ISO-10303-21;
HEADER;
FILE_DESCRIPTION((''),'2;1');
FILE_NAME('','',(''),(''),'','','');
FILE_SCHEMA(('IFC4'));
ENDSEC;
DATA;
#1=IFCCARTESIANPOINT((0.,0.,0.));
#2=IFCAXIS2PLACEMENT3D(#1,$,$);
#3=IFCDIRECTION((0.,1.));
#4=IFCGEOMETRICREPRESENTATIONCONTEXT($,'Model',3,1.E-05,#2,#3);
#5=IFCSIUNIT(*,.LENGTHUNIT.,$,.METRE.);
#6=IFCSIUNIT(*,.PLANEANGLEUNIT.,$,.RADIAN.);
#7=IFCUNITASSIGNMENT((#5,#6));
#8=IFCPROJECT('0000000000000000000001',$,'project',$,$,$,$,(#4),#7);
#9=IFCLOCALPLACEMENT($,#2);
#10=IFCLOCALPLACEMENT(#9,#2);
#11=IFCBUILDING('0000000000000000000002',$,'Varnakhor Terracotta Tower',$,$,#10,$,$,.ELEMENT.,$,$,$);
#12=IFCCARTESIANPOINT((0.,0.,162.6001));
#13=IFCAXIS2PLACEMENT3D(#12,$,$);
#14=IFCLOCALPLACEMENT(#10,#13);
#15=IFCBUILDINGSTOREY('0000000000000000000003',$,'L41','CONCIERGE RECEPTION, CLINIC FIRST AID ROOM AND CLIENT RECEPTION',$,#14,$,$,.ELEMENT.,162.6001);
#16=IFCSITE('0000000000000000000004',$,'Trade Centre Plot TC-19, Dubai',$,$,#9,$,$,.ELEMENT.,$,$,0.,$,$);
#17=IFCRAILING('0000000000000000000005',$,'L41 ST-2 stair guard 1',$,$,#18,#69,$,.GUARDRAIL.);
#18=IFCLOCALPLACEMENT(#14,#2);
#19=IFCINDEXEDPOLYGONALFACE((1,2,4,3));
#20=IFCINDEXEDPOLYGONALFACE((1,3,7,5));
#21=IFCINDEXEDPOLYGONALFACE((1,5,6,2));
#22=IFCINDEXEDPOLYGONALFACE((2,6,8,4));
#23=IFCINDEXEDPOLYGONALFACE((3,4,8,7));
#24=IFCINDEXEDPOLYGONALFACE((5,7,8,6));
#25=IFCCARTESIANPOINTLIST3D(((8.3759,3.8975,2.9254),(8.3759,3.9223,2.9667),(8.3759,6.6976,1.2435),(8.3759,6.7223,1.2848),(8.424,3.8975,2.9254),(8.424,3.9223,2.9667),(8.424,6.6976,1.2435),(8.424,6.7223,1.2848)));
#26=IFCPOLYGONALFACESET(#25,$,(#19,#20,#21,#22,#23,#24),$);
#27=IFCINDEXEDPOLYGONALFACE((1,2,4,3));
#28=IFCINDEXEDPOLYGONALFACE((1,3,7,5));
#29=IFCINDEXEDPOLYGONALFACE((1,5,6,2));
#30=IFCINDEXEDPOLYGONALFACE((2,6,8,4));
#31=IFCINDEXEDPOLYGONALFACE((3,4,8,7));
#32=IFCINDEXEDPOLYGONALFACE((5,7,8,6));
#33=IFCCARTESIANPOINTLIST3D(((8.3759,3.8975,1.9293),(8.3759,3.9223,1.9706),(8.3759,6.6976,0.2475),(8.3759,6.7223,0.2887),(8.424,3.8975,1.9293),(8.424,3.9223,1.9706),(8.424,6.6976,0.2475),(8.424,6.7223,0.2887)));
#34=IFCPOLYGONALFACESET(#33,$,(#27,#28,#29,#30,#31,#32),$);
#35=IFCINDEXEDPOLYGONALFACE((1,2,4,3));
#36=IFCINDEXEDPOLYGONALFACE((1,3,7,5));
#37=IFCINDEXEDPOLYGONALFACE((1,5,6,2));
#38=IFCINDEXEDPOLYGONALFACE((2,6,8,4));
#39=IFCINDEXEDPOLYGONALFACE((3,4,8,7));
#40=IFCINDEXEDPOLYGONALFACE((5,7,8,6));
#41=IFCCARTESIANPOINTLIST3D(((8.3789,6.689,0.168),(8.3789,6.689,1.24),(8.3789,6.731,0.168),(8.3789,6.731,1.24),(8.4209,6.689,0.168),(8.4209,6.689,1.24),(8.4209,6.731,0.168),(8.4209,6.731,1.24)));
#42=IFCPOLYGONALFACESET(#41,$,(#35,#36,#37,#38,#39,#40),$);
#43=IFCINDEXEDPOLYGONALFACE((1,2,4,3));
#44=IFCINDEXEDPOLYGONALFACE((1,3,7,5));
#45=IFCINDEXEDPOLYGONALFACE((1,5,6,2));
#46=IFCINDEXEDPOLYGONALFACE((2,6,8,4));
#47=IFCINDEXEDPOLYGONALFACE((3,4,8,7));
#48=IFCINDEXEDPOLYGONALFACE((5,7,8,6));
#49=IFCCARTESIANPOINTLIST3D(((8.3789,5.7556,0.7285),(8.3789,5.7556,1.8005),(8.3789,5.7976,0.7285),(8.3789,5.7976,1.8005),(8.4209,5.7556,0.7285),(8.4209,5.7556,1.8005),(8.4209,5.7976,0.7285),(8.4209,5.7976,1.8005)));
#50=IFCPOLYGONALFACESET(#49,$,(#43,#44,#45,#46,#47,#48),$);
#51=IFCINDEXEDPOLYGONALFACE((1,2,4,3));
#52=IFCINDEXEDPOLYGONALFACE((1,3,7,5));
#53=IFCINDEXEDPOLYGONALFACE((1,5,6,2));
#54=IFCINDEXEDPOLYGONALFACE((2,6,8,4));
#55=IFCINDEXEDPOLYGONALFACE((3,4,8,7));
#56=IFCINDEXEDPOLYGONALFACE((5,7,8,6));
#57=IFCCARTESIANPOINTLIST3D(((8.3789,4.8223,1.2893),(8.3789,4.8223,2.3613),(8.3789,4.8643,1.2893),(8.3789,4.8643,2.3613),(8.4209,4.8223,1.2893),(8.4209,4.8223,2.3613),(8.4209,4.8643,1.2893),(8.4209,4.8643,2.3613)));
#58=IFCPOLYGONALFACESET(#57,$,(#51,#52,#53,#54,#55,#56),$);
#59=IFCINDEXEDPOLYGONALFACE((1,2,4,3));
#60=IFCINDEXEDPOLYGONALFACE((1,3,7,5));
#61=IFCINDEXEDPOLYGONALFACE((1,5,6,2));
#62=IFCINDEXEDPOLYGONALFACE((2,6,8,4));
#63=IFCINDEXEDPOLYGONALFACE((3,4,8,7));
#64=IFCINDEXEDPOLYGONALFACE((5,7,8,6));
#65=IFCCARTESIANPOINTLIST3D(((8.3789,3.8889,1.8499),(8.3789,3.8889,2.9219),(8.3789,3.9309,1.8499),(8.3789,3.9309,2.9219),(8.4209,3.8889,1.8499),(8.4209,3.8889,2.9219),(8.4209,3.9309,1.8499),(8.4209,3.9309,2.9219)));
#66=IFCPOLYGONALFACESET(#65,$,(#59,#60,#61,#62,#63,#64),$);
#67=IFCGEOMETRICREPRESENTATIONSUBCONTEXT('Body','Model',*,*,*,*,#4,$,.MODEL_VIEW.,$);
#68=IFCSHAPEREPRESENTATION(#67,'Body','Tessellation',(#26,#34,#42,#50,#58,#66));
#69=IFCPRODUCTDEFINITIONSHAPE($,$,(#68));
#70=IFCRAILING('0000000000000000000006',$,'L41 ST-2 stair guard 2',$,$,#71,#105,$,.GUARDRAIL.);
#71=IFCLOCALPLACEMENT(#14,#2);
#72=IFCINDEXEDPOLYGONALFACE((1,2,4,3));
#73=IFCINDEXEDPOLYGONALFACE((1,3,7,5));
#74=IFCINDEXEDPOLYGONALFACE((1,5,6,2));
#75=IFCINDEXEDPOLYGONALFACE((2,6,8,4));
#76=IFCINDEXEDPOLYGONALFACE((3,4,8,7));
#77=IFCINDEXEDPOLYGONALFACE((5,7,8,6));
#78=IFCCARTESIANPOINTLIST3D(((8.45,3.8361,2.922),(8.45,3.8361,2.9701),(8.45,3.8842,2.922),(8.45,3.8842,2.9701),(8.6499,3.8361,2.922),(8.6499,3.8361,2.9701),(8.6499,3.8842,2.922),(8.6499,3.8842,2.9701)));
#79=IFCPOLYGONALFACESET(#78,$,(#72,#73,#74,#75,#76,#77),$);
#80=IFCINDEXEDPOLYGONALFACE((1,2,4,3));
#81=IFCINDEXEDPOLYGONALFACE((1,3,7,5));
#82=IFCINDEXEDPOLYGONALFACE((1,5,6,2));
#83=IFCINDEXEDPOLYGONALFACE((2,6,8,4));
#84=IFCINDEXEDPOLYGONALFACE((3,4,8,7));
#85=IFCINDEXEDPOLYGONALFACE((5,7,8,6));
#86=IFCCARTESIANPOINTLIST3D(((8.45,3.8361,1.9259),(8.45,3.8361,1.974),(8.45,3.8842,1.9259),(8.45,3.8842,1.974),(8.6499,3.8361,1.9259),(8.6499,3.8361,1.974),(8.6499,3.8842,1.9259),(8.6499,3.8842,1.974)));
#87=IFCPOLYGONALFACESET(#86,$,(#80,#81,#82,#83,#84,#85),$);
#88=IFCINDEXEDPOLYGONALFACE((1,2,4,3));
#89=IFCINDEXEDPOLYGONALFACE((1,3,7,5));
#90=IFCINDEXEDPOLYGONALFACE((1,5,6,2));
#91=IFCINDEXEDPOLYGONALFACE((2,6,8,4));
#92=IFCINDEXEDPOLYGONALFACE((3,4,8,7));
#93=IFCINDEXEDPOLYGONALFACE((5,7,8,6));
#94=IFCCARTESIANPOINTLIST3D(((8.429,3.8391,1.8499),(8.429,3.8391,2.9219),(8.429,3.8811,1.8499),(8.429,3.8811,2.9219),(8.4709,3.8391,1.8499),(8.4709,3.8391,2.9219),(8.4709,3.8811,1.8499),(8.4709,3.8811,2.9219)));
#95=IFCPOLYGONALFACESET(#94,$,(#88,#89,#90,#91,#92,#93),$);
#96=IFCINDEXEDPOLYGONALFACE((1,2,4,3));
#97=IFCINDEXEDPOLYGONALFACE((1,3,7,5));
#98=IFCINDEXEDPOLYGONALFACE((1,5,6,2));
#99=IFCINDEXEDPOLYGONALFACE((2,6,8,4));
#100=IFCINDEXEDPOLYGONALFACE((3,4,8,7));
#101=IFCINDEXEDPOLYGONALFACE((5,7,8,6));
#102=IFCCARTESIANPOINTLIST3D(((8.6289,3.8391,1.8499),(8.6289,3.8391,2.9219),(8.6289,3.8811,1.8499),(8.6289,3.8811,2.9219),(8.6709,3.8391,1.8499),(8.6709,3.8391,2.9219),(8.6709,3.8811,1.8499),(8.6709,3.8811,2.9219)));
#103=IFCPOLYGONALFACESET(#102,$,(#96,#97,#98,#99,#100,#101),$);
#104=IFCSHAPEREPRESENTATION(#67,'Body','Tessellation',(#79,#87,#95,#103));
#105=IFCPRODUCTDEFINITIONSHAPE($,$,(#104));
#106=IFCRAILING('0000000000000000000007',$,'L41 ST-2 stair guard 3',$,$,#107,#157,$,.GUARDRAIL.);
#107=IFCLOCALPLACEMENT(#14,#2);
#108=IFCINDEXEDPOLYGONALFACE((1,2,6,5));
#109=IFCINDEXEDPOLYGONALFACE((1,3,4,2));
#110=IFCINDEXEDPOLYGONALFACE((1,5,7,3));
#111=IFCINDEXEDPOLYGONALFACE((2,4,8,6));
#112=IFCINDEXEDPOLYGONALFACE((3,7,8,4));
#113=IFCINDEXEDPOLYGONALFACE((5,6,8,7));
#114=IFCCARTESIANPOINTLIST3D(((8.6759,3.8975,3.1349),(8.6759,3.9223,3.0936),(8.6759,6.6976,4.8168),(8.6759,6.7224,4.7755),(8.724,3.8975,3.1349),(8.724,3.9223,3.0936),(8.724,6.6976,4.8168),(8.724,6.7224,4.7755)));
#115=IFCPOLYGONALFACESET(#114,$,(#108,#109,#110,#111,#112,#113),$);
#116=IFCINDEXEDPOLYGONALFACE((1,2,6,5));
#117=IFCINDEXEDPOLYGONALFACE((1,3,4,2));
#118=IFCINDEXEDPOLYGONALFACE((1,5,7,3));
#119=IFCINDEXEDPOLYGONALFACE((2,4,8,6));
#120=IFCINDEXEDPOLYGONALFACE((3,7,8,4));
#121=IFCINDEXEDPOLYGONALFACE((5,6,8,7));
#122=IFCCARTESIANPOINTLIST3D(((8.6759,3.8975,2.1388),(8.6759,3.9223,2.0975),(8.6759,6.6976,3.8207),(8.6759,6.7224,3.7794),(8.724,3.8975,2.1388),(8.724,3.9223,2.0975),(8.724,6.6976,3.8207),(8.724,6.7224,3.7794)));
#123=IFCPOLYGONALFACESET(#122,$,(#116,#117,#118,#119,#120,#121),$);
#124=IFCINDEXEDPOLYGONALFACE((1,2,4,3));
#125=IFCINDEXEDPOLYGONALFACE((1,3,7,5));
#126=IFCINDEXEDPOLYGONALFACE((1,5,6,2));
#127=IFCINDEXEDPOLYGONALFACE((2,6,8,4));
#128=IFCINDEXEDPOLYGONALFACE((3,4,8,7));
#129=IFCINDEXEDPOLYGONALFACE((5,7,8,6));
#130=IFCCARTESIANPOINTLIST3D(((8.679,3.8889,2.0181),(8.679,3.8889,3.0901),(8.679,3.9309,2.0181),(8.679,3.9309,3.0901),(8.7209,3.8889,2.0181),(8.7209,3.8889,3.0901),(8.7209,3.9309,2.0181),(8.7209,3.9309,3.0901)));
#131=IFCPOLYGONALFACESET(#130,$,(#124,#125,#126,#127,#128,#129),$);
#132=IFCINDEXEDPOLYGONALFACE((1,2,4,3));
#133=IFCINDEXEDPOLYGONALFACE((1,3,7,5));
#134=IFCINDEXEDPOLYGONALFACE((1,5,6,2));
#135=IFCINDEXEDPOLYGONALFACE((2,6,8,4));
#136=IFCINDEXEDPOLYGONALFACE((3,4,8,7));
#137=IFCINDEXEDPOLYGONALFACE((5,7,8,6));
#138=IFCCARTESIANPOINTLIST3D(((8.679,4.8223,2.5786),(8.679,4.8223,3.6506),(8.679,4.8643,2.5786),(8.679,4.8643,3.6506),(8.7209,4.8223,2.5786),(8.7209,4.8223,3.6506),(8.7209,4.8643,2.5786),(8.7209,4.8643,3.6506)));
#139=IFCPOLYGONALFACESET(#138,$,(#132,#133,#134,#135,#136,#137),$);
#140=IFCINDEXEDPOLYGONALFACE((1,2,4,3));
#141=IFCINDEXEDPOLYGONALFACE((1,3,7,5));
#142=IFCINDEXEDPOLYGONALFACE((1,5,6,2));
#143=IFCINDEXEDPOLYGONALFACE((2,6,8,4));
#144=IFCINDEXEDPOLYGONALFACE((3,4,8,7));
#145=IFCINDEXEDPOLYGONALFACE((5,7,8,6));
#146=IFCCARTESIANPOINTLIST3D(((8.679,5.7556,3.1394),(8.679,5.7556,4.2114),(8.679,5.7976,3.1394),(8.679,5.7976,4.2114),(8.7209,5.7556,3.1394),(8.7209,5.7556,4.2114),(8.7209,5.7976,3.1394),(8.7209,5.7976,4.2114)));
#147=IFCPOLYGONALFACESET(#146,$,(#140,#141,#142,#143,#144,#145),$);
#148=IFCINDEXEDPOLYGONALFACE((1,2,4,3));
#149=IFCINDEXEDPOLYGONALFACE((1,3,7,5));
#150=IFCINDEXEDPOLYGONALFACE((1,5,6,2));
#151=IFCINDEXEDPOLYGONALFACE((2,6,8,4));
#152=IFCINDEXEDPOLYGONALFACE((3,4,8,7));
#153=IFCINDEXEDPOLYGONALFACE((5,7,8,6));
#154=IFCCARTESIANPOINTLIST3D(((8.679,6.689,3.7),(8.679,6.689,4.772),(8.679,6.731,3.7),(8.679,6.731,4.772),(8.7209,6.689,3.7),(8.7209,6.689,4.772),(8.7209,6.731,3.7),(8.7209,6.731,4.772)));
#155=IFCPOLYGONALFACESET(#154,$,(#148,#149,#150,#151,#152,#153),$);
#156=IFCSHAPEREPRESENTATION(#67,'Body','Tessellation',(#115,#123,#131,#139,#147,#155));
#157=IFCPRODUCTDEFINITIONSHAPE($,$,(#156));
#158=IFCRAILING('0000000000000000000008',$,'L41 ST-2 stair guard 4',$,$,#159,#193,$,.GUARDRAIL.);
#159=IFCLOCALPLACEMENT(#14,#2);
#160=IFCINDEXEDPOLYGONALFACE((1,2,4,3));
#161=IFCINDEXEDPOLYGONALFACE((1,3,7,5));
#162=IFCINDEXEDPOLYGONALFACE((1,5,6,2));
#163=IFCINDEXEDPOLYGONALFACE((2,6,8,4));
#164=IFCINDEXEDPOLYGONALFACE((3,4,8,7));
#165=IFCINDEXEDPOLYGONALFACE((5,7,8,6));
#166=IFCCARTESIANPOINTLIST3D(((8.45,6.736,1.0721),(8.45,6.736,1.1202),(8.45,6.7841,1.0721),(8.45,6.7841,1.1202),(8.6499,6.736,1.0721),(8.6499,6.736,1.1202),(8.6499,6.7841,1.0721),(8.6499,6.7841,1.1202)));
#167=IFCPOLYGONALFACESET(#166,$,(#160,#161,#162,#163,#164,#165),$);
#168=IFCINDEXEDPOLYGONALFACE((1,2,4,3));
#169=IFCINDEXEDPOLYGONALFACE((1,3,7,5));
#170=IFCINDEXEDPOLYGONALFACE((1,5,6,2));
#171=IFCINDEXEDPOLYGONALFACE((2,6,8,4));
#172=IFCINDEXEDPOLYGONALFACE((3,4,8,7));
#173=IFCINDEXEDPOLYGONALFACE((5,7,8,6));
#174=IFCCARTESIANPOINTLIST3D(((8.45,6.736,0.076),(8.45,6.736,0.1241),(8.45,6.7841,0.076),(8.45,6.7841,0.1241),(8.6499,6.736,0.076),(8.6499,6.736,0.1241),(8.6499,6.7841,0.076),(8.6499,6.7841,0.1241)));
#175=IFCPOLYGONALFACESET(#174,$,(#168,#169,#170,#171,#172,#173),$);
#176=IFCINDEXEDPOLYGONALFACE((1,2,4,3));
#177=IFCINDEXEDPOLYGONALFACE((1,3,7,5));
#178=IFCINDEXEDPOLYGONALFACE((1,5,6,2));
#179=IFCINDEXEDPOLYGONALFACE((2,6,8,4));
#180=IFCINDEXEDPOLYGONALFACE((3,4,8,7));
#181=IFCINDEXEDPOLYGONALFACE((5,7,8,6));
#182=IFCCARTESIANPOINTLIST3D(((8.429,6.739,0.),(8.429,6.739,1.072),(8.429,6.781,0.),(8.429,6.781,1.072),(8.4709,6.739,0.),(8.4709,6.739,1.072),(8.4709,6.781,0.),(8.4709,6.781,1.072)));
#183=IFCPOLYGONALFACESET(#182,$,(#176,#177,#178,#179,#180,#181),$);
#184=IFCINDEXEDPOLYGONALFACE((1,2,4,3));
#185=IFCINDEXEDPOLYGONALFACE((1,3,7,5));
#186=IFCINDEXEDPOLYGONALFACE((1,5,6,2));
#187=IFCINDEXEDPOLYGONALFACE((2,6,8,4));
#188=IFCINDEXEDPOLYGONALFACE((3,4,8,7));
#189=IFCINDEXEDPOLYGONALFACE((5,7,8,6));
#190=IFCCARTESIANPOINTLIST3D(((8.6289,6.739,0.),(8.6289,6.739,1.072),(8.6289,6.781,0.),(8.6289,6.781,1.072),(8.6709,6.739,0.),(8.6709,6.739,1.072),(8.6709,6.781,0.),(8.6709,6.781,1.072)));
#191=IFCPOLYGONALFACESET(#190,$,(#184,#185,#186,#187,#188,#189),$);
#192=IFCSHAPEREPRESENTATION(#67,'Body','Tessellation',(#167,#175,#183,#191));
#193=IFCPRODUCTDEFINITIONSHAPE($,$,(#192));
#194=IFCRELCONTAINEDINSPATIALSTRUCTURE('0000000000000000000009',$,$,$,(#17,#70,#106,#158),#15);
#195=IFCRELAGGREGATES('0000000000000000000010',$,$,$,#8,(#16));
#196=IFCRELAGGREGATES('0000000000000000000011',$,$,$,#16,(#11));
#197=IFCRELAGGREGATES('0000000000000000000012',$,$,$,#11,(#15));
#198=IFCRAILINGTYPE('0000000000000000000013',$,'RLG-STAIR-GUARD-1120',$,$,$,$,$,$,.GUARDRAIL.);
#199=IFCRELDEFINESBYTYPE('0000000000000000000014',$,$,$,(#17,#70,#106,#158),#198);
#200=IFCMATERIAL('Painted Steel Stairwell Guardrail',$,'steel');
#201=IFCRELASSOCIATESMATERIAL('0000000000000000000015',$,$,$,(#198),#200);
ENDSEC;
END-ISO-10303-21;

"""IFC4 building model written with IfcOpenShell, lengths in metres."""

from ifc_helpers import new_model, si_unit, direction, frame, origin, origin_2d, place, context, subcontext, project, spatial, rectangle, extrude, material, type_object, element, save


model = new_model("IFC4")

# Units and contexts
model_context = context("Model", 3, precision=1e-05, world=origin(), true_north=direction((0.0, 1.0)))
body_context = subcontext(model_context, "Body", "Model", "MODEL_VIEW")
ifc_project = project(units=[si_unit("LENGTHUNIT", "METRE"), si_unit("PLANEANGLEUNIT", "RADIAN")], contexts=[model_context])

# Site, building, storey
site_placement = place(None, origin())
site = spatial("IfcSite", under=ifc_project, at=site_placement, Name="Trade Centre Plot TC-19, Dubai", CompositionType="ELEMENT", RefElevation=0.0)
building_placement = place(site_placement, origin())
building = spatial("IfcBuilding", under=site, at=building_placement, Name="Varnakhor Terracotta Tower", CompositionType="ELEMENT")
storey_placement = place(building_placement, frame((0.0, 0.0, 162.6001)))
storey = spatial("IfcBuildingStorey", under=building, at=storey_placement, Name="L41", Description="CONCIERGE RECEPTION, CLINIC FIRST AID ROOM AND CLIENT RECEPTION", CompositionType="ELEMENT", Elevation=162.6001)

# Railings
ifc_material_1 = material(Name="Painted Steel Stairwell Guardrail", Category="steel")
railing_type_1 = type_object("IfcRailingType", Name="RLG-STAIR-GUARD-1120", PredefinedType="GUARDRAIL", material=ifc_material_1)
railing_1_placement = place(storey_placement, frame((8.3999, 6.71, 0.168)))
element("IfcRailing", 1, at=railing_1_placement, inside=storey, type_object=railing_type_1, Name="L41 ST-2 stair guard 1", PredefinedType="GUARDRAIL", context=body_context, shape_type="SweptSolid", body=[
    extrude(rectangle(XDim=0.0481, YDim=0.0481, at=origin_2d()), frame((0.0, 0.0, 1.0962), z_axis=(0.0, -0.857242, 0.514913), x_axis=(1.0, 0.0, 0.0)), (0.0, 0.0, 1.0), 3.2664),
    extrude(rectangle(XDim=0.0481, YDim=0.0481, at=origin_2d()), frame((0.0, 0.0, 0.1001), z_axis=(0.0, -0.857242, 0.514913), x_axis=(1.0, 0.0, 0.0)), (0.0, 0.0, 1.0), 3.2664),
    extrude(rectangle(XDim=0.042, YDim=0.042, at=origin_2d()), origin(), (0.0, 0.0, 1.0), 1.072),
    extrude(rectangle(XDim=0.042, YDim=0.042, at=origin_2d()), frame((0.0, -0.9333, 0.5605)), (0.0, 0.0, 1.0), 1.072),
    extrude(rectangle(XDim=0.042, YDim=0.042, at=origin_2d()), frame((0.0, -1.8667, 1.1213)), (0.0, 0.0, 1.0), 1.072),
    extrude(rectangle(XDim=0.042, YDim=0.042, at=origin_2d()), frame((0.0, -2.8, 1.6819)), (0.0, 0.0, 1.0), 1.072),
])
railing_2_placement = place(storey_placement, frame((8.45, 3.8601, 1.8499)))
element("IfcRailing", 2, at=railing_2_placement, inside=storey, type_object=railing_type_1, Name="L41 ST-2 stair guard 2", PredefinedType="GUARDRAIL", context=body_context, shape_type="SweptSolid", body=[
    extrude(rectangle(XDim=0.0481, YDim=0.0481, at=origin_2d()), frame((0.0, 0.0, 1.0962), z_axis=(1.0, 0.0, 0.0), x_axis=(0.0, 1.0, 0.0)), (0.0, 0.0, 1.0), 0.2),
    extrude(rectangle(XDim=0.0481, YDim=0.0481, at=origin_2d()), frame((0.0, 0.0, 0.1001), z_axis=(1.0, 0.0, 0.0), x_axis=(0.0, 1.0, 0.0)), (0.0, 0.0, 1.0), 0.2),
    extrude(rectangle(XDim=0.042, YDim=0.042, at=origin_2d()), origin(), (0.0, 0.0, 1.0), 1.072),
    extrude(rectangle(XDim=0.042, YDim=0.042, at=origin_2d()), frame((0.2, 0.0, 0.0)), (0.0, 0.0, 1.0), 1.072),
])
railing_3_placement = place(storey_placement, frame((8.7, 3.9099, 2.0181)))
element("IfcRailing", 3, at=railing_3_placement, inside=storey, type_object=railing_type_1, Name="L41 ST-2 stair guard 3", PredefinedType="GUARDRAIL", context=body_context, shape_type="SweptSolid", body=[
    extrude(rectangle(XDim=0.0481, YDim=0.0481, at=origin_2d()), frame((0.0, 0.0, 1.0962), z_axis=(0.0, 0.857242, 0.514913), x_axis=(-1.0, 0.0, 0.0)), (0.0, 0.0, 1.0), 3.2664),
    extrude(rectangle(XDim=0.0481, YDim=0.0481, at=origin_2d()), frame((0.0, 0.0, 0.1001), z_axis=(0.0, 0.857242, 0.514913), x_axis=(-1.0, 0.0, 0.0)), (0.0, 0.0, 1.0), 3.2664),
    extrude(rectangle(XDim=0.042, YDim=0.042, at=origin_2d()), origin(), (0.0, 0.0, 1.0), 1.072),
    extrude(rectangle(XDim=0.042, YDim=0.042, at=origin_2d()), frame((0.0, 0.9333, 0.5605)), (0.0, 0.0, 1.0), 1.072),
    extrude(rectangle(XDim=0.042, YDim=0.042, at=origin_2d()), frame((0.0, 1.8667, 1.1213)), (0.0, 0.0, 1.0), 1.072),
    extrude(rectangle(XDim=0.042, YDim=0.042, at=origin_2d()), frame((0.0, 2.8, 1.6819)), (0.0, 0.0, 1.0), 1.072),
])
railing_4_placement = place(storey_placement, frame((8.45, 6.76, 0.0)))
element("IfcRailing", 4, at=railing_4_placement, inside=storey, type_object=railing_type_1, Name="L41 ST-2 stair guard 4", PredefinedType="GUARDRAIL", context=body_context, shape_type="SweptSolid", body=[
    extrude(rectangle(XDim=0.0481, YDim=0.0481, at=origin_2d()), frame((0.0, 0.0, 1.0962), z_axis=(1.0, 0.0, 0.0), x_axis=(0.0, 1.0, 0.0)), (0.0, 0.0, 1.0), 0.2),
    extrude(rectangle(XDim=0.0481, YDim=0.0481, at=origin_2d()), frame((0.0, 0.0, 0.1001), z_axis=(1.0, 0.0, 0.0), x_axis=(0.0, 1.0, 0.0)), (0.0, 0.0, 1.0), 0.2),
    extrude(rectangle(XDim=0.042, YDim=0.042, at=origin_2d()), origin(), (0.0, 0.0, 1.0), 1.072),
    extrude(rectangle(XDim=0.042, YDim=0.042, at=origin_2d()), frame((0.2, 0.0, 0.0)), (0.0, 0.0, 1.0), 1.072),
])

save(model, "model.ifc")
